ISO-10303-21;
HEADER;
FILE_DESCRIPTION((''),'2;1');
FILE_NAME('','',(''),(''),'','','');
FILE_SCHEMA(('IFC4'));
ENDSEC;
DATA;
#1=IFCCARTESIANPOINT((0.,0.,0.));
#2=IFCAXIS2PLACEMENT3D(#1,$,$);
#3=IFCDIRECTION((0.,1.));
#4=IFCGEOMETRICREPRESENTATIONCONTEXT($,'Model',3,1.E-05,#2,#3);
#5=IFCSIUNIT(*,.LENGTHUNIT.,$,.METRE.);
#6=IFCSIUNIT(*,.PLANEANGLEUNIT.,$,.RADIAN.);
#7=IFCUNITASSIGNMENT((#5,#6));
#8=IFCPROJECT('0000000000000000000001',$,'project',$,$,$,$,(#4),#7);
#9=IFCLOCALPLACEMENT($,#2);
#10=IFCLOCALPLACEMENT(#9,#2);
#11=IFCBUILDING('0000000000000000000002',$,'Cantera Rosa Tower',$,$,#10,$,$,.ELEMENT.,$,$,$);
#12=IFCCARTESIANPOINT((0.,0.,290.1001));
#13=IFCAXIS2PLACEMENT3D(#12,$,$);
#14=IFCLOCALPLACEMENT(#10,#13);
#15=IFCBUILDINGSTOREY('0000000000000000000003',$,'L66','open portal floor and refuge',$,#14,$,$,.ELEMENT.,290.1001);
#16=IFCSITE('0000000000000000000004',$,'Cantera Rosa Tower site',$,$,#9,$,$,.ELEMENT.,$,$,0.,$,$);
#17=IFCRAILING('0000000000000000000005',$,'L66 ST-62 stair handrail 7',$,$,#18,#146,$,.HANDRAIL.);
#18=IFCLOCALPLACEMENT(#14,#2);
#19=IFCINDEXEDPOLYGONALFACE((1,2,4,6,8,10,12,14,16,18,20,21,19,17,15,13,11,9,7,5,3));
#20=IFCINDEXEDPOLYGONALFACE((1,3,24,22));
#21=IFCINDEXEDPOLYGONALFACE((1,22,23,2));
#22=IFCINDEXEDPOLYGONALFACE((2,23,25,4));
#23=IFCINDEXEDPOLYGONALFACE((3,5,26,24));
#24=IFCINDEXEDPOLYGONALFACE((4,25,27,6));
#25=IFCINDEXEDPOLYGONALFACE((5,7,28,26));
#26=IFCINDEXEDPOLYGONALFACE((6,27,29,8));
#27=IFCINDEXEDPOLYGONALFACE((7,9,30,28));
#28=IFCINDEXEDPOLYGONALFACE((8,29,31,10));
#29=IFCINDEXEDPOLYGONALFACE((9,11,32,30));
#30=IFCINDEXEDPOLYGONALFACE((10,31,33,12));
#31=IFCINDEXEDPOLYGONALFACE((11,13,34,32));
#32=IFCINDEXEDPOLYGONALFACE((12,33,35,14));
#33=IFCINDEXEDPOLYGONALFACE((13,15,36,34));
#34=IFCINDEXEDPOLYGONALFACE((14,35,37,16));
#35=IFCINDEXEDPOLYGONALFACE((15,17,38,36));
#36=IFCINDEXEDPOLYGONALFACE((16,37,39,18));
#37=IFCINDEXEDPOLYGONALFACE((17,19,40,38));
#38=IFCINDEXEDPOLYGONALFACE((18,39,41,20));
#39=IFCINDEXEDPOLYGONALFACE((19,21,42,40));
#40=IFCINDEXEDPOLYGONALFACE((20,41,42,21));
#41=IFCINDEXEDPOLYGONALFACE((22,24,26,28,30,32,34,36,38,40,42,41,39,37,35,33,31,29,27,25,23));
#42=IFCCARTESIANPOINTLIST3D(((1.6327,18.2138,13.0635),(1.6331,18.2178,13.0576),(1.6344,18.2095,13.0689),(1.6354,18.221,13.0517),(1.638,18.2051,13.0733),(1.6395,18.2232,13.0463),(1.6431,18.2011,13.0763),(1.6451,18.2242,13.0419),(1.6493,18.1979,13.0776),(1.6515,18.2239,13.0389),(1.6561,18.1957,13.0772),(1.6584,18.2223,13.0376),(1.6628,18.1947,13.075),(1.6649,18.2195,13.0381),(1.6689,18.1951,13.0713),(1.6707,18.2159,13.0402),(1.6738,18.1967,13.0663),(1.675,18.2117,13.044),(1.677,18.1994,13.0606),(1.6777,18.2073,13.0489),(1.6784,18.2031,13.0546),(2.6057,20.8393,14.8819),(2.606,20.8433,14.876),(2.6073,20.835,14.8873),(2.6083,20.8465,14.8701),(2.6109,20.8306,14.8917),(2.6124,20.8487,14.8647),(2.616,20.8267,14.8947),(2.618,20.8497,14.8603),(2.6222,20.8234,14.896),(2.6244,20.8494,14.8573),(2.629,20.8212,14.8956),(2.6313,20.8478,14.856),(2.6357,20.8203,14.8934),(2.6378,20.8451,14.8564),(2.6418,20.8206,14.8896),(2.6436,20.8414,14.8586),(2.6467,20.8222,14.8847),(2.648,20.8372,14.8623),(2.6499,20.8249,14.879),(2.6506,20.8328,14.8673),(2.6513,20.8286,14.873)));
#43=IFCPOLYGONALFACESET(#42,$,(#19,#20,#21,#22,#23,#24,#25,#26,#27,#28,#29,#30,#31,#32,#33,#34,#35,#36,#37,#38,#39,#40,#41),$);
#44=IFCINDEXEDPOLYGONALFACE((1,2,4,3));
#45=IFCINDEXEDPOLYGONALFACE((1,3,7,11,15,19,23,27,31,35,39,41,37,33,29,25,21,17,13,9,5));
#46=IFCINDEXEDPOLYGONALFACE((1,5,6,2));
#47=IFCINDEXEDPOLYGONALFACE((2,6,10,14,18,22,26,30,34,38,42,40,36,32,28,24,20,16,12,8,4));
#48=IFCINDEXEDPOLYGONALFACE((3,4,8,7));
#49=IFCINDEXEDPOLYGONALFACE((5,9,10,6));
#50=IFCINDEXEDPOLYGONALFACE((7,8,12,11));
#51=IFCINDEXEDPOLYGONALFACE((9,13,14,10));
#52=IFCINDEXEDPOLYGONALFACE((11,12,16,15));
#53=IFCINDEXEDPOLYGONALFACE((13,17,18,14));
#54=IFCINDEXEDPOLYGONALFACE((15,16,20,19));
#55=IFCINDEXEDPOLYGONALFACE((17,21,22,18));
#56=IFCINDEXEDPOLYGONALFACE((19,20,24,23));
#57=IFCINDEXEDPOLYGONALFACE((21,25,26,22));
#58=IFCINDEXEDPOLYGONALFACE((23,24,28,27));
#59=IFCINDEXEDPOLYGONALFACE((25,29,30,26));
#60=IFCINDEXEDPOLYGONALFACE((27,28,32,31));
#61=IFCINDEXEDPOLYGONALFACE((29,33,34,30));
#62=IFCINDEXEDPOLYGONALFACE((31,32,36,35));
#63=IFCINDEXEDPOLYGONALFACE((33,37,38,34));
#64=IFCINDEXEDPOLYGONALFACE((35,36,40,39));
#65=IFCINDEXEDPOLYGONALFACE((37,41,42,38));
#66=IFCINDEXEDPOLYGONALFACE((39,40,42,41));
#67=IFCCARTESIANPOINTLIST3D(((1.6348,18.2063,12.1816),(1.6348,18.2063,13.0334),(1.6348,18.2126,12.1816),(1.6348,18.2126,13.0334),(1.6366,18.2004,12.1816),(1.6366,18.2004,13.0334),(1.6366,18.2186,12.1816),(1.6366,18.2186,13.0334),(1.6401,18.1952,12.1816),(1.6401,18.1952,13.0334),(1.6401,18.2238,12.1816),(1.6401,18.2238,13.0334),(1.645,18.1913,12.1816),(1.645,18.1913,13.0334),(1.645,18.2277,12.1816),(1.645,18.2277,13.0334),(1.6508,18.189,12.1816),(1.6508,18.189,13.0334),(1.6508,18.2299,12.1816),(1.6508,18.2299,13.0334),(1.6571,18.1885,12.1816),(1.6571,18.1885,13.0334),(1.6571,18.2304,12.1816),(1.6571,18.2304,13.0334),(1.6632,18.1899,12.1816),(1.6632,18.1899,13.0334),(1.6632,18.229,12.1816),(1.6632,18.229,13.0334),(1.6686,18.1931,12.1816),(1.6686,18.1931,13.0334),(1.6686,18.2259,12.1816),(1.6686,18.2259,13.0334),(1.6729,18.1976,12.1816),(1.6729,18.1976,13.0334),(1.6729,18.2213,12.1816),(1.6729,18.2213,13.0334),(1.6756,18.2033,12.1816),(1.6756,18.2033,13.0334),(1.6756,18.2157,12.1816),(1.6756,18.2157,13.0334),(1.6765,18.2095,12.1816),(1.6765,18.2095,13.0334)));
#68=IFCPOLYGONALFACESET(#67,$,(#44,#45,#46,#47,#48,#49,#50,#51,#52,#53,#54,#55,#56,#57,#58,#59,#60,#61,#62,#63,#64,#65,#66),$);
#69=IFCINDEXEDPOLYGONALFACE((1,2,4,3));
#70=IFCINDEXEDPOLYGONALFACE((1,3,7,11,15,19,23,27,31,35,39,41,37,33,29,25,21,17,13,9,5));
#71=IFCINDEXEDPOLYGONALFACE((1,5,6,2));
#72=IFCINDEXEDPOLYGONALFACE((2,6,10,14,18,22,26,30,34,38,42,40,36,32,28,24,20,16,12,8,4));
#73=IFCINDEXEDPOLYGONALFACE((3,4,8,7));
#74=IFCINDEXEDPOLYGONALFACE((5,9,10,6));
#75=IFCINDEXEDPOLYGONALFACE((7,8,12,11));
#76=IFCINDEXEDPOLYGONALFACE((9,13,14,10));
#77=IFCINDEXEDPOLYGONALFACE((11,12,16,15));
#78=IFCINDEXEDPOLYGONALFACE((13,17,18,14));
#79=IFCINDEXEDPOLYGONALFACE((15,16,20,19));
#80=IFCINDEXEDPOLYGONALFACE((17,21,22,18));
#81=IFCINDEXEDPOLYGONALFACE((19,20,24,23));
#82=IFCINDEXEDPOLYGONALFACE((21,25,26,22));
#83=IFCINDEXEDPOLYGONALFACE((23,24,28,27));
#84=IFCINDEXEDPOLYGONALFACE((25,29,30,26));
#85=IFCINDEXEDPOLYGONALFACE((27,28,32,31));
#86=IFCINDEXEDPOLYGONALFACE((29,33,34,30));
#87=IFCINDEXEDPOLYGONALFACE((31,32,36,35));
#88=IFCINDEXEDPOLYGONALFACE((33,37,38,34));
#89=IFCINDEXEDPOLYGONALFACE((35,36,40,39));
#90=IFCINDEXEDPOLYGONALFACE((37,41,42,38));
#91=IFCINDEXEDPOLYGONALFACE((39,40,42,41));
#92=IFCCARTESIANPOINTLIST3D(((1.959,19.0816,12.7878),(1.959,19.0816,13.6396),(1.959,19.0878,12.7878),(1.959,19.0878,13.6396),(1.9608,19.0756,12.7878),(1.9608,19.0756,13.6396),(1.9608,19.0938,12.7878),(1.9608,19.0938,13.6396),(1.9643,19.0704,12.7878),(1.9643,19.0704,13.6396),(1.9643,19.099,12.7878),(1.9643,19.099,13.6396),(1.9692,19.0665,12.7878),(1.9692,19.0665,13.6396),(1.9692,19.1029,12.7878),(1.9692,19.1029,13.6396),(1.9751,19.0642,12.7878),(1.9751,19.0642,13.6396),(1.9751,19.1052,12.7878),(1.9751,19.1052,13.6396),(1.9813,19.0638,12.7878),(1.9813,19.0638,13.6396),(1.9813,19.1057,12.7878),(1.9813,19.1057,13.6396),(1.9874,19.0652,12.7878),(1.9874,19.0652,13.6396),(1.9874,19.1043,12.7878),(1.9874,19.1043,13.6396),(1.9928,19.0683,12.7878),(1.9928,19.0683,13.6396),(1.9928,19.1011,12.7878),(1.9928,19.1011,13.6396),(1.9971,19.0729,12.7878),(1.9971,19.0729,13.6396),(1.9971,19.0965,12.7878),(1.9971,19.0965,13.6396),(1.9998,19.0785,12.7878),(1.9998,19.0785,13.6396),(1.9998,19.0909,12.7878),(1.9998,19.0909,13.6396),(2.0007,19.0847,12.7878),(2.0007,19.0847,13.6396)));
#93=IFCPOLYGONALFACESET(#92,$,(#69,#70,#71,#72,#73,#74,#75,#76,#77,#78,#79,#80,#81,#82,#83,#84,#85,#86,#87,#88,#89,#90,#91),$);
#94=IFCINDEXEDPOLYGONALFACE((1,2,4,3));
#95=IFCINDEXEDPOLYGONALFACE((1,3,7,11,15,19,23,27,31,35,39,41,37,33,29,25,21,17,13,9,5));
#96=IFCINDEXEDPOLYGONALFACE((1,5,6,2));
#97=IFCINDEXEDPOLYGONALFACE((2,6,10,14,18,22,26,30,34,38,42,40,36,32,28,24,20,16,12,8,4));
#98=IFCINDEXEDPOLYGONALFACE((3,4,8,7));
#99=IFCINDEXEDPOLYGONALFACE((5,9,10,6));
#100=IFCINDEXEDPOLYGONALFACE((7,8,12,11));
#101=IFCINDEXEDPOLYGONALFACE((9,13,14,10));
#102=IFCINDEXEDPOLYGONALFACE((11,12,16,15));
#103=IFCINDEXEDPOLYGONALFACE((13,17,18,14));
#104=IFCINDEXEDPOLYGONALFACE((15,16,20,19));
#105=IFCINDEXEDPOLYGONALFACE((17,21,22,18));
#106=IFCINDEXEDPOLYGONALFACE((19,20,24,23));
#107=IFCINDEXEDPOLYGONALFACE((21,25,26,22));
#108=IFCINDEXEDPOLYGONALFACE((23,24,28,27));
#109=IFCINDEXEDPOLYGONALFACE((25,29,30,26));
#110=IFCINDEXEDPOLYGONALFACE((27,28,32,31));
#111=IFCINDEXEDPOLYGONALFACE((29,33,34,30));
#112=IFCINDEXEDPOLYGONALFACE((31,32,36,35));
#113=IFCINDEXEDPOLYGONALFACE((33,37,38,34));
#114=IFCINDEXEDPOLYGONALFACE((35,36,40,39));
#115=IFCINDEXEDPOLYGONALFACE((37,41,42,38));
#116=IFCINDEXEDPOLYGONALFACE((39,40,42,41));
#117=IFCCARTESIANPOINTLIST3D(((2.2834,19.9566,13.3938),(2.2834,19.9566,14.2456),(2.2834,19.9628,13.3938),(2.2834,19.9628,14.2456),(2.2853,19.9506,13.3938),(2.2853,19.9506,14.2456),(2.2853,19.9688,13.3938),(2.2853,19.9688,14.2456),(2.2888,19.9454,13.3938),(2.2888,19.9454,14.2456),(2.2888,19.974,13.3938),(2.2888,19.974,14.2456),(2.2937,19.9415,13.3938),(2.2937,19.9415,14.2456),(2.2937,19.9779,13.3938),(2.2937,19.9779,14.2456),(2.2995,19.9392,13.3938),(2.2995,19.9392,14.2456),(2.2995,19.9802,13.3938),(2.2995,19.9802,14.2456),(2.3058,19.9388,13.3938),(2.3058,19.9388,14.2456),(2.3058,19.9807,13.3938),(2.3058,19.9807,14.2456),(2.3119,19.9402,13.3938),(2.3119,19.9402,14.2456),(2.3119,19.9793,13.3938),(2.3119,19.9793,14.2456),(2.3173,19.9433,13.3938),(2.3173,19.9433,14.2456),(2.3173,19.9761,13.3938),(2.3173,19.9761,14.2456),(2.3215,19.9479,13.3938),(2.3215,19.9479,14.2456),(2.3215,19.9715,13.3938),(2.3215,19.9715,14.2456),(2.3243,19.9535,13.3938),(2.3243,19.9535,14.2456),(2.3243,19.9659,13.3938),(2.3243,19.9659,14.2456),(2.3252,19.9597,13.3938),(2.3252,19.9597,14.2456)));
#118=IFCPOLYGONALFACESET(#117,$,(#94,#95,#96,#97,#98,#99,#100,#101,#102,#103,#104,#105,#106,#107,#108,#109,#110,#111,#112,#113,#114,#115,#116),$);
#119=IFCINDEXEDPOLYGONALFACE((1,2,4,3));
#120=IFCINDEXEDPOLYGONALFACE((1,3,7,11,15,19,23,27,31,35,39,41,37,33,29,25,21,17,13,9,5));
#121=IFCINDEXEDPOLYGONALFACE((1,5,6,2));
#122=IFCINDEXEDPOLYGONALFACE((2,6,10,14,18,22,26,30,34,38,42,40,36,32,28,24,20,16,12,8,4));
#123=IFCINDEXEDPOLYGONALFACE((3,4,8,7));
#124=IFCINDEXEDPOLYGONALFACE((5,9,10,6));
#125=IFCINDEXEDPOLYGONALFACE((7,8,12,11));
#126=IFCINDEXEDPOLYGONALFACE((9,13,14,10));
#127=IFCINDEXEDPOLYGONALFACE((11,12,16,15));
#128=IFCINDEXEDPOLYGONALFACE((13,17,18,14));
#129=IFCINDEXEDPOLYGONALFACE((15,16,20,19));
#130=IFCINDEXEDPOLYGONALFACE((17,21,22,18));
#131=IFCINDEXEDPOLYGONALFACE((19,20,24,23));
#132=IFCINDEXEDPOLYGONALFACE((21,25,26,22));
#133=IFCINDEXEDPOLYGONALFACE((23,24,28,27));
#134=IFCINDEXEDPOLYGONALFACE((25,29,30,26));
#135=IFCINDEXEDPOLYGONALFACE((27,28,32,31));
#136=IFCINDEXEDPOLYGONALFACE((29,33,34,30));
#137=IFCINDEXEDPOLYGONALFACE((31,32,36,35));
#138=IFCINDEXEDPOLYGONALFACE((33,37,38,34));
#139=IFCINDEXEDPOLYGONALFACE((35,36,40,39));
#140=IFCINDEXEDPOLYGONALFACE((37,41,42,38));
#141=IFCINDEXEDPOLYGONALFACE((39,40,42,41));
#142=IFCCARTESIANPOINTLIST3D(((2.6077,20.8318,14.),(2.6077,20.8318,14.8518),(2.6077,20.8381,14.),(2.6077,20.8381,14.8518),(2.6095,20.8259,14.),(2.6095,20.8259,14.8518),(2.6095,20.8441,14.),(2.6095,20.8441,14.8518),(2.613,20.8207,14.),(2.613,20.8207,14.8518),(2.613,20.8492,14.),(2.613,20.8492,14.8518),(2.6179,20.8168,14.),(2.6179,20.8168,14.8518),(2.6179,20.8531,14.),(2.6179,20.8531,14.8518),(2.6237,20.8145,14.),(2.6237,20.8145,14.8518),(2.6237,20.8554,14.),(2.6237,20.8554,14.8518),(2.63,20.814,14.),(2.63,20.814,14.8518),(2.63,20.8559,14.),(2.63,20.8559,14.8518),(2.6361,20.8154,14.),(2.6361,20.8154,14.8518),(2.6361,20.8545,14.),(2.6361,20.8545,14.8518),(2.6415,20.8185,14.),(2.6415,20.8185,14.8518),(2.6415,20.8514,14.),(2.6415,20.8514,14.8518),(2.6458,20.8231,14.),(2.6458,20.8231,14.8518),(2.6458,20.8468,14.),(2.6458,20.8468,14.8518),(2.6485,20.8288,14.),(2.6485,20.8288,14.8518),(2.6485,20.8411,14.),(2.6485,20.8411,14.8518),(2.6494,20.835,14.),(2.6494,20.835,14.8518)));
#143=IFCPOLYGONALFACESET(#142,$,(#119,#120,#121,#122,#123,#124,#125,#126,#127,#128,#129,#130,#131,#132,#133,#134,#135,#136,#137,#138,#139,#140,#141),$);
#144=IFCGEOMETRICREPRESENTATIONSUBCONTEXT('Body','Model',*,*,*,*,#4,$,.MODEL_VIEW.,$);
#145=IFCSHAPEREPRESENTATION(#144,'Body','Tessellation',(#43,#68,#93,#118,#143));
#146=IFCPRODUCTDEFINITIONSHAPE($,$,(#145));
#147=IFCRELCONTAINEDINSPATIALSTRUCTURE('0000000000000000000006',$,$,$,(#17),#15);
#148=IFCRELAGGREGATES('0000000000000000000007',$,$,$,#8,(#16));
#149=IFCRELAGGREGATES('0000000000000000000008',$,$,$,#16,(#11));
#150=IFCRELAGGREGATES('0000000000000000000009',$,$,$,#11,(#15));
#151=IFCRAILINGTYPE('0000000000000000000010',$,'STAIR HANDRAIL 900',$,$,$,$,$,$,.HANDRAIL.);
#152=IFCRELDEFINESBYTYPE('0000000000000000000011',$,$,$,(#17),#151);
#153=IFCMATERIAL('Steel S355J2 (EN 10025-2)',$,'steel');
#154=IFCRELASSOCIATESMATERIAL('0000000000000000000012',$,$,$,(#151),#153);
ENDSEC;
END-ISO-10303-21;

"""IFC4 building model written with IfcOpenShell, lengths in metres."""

from ifc_helpers import new_model, si_unit, direction, frame, origin, origin_2d, place, context, subcontext, project, spatial, circle, extrude, material, type_object, element, save


model = new_model("IFC4")

# Units and contexts
model_context = context("Model", 3, precision=1e-05, world=origin(), true_north=direction((0.0, 1.0)))
body_context = subcontext(model_context, "Body", "Model", "MODEL_VIEW")
ifc_project = project(units=[si_unit("LENGTHUNIT", "METRE"), si_unit("PLANEANGLEUNIT", "RADIAN")], contexts=[model_context])

# Site, building, storey
site_placement = place(None, origin())
site = spatial("IfcSite", under=ifc_project, at=site_placement, Name="Cantera Rosa Tower site", CompositionType="ELEMENT", RefElevation=0.0)
building_placement = place(site_placement, origin())
building = spatial("IfcBuilding", under=site, at=building_placement, Name="Cantera Rosa Tower", CompositionType="ELEMENT")
storey_placement = place(building_placement, frame((0.0, 0.0, 290.1001)))
storey = spatial("IfcBuildingStorey", under=building, at=storey_placement, Name="L66", Description="open portal floor and refuge", CompositionType="ELEMENT", Elevation=290.1001)

# Railing
ifc_material_1 = material(Name="Steel S355J2 (EN 10025-2)", Category="steel")
railing_type_1 = type_object("IfcRailingType", Name="STAIR HANDRAIL 900", PredefinedType="HANDRAIL", material=ifc_material_1)
for number, where, name in (
    (1, (1.6555, 18.2095, 12.1816), "L66 ST-62 stair handrail 7"),
):
    element("IfcRailing", number, at=place(storey_placement, frame(where)), inside=storey, type_object=railing_type_1, Name=name, PredefinedType="HANDRAIL", context=body_context, shape_type="SweptSolid", body=[
        extrude(circle(Radius=0.0239, at=origin_2d()), frame((0.0, 0.0, 0.876), z_axis=(0.291411, 0.786407, 0.54465), x_axis=(-0.937691, 0.347471, 0.0)), (0.0, 0.0, 1.0), 3.3386),
        extrude(circle(Radius=0.021, at=origin_2d()), origin(), (0.0, 0.0, 1.0), 0.8518),
        extrude(circle(Radius=0.021, at=origin_2d()), frame((0.3242, 0.8752, 0.6062)), (0.0, 0.0, 1.0), 0.8518),
        extrude(circle(Radius=0.021, at=origin_2d()), frame((0.6487, 1.7502, 1.2122)), (0.0, 0.0, 1.0), 0.8518),
        extrude(circle(Radius=0.021, at=origin_2d()), frame((0.9729, 2.6255, 1.8184)), (0.0, 0.0, 1.0), 0.8518),
    ])

save(model, "model.ifc")
